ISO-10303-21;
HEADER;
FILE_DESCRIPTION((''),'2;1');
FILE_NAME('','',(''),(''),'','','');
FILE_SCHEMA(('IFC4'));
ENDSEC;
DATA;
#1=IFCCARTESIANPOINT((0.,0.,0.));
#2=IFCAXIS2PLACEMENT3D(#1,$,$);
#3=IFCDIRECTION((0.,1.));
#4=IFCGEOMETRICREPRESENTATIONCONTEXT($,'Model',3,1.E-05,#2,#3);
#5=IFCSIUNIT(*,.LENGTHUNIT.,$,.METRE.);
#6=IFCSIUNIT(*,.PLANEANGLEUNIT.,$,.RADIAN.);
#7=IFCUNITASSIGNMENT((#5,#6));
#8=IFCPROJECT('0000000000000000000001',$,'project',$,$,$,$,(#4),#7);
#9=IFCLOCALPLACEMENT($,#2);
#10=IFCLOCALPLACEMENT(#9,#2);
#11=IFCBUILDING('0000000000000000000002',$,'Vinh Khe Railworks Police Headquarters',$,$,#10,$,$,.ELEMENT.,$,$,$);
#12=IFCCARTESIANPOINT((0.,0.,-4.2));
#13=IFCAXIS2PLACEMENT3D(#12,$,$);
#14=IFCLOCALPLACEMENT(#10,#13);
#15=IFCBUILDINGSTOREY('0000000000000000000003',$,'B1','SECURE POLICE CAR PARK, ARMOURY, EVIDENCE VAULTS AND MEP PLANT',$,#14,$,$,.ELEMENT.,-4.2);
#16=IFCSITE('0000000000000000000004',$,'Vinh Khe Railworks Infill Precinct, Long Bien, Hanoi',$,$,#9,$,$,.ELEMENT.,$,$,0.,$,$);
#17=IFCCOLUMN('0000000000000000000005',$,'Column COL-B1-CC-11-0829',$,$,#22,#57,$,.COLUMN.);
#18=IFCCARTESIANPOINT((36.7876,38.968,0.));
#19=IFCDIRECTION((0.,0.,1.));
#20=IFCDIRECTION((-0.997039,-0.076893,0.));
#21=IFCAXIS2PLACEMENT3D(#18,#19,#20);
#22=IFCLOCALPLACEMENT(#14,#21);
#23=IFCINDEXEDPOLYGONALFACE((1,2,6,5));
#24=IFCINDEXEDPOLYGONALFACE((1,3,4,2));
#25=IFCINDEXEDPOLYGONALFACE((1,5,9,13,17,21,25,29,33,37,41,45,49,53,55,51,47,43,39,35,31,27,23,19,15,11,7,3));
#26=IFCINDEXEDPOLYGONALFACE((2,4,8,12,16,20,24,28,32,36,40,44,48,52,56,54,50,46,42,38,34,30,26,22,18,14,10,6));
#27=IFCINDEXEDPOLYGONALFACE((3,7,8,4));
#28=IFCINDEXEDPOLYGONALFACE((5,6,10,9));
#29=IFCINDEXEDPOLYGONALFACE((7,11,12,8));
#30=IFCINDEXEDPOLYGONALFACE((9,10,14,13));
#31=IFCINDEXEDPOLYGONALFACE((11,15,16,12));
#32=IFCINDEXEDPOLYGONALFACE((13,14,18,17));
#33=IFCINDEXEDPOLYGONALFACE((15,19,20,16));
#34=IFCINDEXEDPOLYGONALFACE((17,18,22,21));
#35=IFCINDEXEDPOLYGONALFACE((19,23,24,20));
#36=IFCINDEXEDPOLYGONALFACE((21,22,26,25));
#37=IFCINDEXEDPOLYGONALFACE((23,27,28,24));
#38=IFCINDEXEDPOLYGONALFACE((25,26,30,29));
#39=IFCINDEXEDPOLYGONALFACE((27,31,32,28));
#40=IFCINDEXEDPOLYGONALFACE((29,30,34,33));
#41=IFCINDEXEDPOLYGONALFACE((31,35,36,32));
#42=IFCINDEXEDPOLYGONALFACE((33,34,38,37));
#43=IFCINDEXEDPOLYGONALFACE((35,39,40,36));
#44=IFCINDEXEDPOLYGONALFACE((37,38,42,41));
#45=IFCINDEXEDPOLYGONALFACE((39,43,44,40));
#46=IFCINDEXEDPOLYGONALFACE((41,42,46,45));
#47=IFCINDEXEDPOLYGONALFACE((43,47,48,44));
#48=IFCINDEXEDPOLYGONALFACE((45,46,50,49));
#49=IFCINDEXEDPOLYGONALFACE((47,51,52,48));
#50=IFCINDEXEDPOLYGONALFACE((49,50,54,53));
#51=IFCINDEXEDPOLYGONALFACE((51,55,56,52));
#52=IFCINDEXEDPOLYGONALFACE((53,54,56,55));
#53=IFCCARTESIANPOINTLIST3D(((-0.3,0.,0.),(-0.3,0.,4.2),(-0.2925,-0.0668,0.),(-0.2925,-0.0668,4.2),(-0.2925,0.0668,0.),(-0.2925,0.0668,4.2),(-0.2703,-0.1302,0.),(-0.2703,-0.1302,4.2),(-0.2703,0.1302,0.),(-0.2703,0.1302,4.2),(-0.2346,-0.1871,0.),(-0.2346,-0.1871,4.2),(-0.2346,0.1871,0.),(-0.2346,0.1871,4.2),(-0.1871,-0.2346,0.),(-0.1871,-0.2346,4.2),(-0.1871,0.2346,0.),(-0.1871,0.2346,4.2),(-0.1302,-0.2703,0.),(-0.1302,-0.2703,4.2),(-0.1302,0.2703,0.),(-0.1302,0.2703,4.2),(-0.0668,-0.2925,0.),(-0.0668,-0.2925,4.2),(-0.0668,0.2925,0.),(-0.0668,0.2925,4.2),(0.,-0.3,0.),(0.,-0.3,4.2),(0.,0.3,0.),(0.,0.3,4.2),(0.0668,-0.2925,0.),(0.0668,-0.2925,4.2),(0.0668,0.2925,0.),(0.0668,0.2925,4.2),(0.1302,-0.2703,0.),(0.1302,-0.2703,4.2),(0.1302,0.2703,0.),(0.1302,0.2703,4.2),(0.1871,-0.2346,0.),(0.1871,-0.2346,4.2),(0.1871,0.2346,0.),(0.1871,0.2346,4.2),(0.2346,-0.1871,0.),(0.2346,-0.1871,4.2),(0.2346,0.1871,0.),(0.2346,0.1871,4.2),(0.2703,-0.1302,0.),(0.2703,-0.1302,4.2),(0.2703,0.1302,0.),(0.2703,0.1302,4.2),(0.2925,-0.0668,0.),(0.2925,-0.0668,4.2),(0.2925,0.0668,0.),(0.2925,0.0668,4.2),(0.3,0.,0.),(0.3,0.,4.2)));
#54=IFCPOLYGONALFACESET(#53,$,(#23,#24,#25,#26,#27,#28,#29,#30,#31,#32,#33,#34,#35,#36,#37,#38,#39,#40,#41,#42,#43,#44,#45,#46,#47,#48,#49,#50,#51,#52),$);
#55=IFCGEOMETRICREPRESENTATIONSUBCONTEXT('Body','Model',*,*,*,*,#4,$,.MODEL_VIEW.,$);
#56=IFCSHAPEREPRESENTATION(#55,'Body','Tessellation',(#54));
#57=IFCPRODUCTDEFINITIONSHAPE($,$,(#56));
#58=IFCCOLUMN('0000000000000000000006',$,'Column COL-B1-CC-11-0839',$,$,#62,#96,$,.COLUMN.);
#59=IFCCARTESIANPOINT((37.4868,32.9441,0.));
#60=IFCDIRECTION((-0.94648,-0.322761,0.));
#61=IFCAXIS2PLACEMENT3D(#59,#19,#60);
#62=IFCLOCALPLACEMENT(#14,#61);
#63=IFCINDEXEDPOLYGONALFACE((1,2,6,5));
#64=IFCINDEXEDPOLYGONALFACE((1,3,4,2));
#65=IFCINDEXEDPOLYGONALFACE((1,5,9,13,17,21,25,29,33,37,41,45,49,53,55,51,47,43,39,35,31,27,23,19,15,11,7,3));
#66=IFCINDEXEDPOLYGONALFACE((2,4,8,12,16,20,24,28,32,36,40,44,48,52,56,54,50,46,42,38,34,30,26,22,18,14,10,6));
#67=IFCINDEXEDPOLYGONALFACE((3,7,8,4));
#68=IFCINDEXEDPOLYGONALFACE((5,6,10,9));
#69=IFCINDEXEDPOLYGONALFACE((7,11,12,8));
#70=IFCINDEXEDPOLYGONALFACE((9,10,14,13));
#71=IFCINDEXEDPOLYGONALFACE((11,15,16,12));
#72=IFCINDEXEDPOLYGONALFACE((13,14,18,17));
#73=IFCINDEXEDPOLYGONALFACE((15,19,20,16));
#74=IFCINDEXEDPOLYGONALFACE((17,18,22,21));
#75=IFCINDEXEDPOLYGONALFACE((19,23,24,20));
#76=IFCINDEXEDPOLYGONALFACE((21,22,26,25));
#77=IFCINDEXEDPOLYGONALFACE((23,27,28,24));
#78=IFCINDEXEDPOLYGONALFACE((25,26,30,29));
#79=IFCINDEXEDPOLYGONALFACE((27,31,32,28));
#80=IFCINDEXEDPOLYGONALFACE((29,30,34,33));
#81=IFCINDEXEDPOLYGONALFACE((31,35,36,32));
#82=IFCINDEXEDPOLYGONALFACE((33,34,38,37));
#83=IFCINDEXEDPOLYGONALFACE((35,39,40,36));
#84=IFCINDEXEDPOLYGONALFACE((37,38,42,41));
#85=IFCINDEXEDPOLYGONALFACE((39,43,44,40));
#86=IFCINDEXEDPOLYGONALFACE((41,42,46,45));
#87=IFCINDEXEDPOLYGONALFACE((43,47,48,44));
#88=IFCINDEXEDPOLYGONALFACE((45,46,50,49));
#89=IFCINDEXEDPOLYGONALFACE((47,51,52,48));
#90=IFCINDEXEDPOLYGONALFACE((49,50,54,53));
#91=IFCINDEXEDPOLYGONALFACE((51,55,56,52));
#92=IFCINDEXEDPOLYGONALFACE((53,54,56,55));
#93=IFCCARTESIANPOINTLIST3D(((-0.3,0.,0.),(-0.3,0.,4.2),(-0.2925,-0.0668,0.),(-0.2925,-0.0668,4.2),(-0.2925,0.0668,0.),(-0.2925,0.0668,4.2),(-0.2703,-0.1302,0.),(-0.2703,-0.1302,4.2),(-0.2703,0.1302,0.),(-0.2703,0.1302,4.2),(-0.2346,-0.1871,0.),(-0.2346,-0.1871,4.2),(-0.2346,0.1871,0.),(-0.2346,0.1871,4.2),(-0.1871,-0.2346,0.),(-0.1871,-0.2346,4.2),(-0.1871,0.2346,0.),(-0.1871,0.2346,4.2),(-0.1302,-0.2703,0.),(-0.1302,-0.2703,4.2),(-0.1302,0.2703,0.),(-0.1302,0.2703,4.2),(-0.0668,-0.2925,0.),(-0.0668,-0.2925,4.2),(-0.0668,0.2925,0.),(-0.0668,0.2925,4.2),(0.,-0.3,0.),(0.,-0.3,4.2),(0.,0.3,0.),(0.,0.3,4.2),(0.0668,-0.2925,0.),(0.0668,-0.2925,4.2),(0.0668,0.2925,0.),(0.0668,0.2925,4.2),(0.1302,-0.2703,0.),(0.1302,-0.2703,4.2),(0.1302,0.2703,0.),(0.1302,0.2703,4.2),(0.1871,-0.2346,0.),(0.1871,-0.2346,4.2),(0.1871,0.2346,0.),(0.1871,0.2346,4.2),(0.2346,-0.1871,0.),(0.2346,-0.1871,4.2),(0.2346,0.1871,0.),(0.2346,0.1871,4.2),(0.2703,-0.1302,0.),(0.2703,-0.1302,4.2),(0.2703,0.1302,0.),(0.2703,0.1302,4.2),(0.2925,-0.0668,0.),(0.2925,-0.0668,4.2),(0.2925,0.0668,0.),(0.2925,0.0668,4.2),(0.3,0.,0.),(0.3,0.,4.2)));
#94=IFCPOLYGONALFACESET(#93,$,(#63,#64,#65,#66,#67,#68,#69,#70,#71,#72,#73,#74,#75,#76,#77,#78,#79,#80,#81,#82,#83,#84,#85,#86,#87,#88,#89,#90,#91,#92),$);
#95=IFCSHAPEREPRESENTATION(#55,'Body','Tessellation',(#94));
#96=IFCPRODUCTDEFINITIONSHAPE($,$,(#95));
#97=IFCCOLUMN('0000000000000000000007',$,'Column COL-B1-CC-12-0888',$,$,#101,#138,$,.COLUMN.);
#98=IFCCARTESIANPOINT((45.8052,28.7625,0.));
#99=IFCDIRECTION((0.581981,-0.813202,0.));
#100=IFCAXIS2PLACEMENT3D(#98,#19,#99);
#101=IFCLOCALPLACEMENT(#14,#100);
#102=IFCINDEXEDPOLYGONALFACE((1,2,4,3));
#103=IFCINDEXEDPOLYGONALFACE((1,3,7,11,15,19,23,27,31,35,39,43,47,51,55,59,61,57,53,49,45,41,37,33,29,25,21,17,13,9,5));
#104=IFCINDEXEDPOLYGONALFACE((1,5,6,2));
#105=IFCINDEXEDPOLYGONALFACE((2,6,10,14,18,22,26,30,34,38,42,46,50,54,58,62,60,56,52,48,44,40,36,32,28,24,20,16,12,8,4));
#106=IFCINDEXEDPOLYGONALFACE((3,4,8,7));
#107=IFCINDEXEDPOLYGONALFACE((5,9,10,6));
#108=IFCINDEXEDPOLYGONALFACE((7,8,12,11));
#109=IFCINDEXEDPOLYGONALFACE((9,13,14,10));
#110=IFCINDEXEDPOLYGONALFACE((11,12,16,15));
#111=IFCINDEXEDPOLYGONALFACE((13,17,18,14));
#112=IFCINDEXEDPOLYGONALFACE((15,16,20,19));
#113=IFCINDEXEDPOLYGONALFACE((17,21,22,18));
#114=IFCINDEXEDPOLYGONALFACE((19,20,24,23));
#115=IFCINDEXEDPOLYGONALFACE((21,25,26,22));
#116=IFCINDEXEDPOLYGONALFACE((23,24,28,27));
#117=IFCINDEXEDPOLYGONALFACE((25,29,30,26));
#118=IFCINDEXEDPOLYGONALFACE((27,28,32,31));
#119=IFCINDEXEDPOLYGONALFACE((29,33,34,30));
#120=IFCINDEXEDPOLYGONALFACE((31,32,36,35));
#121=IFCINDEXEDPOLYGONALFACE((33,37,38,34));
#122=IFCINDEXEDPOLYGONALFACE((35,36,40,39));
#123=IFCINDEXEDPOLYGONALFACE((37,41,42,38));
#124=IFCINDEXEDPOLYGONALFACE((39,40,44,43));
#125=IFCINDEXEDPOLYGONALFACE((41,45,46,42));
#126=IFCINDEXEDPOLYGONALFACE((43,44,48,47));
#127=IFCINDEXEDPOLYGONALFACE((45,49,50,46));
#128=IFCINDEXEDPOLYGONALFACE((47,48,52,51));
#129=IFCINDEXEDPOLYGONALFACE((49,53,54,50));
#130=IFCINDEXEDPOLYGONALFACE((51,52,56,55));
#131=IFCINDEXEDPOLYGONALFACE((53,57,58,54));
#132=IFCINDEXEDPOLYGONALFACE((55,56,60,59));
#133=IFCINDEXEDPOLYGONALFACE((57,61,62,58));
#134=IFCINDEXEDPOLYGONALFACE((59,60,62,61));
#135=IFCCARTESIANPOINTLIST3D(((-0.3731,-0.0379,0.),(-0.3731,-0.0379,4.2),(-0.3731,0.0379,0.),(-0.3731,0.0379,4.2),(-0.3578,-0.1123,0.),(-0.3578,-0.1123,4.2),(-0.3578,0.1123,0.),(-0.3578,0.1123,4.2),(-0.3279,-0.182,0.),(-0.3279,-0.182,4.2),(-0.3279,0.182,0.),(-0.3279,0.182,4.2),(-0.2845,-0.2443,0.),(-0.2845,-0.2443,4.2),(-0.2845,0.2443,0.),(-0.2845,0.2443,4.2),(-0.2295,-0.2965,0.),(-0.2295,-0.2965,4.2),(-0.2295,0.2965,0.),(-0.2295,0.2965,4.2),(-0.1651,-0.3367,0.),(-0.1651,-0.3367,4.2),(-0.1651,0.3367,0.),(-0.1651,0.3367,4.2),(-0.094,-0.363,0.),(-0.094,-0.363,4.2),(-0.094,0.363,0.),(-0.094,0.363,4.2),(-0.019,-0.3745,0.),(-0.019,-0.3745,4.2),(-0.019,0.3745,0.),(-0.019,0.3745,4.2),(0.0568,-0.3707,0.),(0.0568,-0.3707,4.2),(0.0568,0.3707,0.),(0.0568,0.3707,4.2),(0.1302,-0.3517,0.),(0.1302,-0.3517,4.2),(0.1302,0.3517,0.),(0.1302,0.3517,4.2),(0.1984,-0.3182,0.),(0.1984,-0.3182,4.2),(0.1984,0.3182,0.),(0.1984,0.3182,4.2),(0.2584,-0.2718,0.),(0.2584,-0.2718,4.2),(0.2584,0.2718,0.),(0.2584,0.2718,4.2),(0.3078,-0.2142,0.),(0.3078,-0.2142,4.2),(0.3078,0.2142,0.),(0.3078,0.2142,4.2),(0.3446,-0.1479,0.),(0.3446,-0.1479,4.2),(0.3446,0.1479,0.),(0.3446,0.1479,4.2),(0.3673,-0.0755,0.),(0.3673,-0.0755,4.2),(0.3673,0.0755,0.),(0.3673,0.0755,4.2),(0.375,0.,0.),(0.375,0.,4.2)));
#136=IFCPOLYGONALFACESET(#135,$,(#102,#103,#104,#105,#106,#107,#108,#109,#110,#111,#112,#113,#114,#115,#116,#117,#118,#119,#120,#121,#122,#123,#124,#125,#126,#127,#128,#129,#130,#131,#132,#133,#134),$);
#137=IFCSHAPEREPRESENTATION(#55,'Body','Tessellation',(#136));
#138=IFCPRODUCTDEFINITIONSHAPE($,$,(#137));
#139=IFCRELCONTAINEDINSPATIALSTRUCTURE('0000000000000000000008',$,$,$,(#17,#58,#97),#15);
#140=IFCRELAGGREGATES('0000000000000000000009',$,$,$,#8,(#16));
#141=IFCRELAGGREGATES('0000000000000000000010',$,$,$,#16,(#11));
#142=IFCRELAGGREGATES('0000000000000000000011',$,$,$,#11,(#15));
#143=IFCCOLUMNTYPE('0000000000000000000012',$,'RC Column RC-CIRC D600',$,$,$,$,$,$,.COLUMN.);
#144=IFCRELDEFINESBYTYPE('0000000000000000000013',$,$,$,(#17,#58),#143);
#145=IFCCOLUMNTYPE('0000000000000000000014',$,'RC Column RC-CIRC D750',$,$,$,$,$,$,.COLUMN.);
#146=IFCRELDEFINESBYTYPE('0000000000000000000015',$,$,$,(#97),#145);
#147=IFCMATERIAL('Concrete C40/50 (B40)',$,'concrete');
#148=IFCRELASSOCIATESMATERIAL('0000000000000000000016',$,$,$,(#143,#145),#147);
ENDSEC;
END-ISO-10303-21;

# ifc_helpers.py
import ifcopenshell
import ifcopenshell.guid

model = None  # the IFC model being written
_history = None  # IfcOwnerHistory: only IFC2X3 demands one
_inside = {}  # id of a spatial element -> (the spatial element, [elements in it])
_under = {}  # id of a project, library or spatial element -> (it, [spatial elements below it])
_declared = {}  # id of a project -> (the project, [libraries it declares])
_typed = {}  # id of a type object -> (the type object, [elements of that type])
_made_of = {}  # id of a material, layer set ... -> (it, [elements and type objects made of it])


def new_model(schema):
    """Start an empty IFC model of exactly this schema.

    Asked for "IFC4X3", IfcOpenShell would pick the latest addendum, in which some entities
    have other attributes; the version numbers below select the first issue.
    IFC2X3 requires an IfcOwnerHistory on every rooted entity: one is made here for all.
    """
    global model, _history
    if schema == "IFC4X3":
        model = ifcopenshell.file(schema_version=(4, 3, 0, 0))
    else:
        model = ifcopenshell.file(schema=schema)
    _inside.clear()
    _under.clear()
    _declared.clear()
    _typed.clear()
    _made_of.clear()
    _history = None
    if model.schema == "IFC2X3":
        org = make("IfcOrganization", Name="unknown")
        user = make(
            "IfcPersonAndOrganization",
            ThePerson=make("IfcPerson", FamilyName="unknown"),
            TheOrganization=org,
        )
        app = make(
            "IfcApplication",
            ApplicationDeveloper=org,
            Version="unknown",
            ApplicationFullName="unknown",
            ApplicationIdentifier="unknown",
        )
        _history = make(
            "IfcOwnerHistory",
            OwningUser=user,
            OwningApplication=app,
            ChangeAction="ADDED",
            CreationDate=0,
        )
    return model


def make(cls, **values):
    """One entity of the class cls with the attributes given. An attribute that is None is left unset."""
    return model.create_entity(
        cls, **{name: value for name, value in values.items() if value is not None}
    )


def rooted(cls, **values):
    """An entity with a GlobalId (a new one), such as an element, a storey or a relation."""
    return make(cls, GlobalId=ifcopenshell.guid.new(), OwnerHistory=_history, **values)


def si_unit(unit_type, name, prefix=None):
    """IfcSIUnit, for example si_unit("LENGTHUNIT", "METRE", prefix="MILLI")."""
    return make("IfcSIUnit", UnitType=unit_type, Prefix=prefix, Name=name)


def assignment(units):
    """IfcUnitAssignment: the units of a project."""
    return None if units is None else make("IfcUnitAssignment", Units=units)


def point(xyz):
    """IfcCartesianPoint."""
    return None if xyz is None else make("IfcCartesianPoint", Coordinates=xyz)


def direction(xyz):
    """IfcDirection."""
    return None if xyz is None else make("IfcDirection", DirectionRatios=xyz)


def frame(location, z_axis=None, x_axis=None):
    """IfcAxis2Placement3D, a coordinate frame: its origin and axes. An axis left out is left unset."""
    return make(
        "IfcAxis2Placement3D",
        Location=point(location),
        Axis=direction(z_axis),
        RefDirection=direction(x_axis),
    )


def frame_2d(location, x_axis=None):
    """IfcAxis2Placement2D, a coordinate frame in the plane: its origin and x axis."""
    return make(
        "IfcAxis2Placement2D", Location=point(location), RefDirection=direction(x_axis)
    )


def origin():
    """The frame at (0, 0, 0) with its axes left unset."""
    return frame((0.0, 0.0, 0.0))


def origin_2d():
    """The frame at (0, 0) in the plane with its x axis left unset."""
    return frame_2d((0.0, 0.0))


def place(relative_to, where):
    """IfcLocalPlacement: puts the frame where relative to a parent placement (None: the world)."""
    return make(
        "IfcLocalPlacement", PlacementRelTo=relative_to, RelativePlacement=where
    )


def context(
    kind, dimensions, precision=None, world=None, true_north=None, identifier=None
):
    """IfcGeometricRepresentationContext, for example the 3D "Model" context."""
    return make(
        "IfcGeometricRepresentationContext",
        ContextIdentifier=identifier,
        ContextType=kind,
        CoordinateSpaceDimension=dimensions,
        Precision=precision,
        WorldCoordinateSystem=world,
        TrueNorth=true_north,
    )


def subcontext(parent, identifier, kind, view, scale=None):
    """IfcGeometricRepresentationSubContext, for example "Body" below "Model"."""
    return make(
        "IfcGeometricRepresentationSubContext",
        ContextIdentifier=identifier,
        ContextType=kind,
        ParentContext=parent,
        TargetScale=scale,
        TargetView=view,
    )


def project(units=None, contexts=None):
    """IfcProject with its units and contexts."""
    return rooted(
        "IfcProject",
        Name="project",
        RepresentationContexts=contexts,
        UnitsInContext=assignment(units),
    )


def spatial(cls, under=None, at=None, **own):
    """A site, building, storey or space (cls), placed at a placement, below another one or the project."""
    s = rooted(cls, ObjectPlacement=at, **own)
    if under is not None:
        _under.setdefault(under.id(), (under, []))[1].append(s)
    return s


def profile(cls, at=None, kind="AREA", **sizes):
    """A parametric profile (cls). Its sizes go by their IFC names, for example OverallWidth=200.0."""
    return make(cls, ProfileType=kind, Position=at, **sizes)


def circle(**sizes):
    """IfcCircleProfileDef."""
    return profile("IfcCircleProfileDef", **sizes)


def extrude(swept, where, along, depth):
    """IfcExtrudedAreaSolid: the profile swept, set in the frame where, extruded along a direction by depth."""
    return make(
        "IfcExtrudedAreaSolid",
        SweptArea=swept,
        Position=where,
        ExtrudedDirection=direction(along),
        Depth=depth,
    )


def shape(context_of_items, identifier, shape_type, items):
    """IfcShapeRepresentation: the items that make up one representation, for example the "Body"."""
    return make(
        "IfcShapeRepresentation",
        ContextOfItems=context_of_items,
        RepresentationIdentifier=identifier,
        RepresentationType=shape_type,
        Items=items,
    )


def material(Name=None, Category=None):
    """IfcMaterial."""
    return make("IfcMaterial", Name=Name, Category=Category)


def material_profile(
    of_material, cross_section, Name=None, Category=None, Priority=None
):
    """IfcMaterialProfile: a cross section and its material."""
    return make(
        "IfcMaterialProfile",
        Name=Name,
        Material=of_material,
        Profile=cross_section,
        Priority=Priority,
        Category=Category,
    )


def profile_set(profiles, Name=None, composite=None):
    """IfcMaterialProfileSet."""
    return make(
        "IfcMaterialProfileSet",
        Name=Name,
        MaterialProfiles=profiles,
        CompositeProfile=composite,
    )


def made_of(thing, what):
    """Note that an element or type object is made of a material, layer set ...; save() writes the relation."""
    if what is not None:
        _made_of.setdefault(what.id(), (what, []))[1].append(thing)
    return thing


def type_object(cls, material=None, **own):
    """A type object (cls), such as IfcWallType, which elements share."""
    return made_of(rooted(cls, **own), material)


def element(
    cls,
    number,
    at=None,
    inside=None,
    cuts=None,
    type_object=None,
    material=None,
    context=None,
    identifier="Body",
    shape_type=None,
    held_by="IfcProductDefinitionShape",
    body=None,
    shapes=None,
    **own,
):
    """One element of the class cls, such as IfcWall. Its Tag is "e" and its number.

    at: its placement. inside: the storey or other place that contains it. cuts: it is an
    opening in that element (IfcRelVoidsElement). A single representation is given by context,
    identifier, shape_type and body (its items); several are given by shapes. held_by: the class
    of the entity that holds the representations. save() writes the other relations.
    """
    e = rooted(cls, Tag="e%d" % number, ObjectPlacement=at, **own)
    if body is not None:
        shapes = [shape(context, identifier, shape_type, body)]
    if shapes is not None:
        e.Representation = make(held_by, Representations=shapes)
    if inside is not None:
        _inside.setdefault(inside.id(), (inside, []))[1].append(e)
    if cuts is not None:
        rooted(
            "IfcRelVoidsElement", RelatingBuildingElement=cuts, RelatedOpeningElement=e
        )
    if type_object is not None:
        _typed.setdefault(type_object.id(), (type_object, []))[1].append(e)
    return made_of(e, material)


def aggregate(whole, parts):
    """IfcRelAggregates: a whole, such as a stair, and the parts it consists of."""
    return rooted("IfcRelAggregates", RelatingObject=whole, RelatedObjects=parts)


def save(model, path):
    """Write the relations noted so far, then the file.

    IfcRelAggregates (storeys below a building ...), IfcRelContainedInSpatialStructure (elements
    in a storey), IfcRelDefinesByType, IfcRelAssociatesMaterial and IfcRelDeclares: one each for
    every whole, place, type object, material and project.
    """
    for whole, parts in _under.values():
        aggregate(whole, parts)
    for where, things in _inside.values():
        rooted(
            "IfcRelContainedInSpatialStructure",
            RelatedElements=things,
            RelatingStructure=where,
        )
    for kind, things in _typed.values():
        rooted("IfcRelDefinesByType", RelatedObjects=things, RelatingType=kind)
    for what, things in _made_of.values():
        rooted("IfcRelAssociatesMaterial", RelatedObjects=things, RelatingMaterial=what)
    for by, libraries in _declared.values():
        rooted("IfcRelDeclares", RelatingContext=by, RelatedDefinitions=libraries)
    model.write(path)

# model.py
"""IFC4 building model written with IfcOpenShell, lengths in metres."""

from ifc_helpers import new_model, si_unit, direction, frame, origin, origin_2d, place, context, subcontext, project, spatial, circle, extrude, material, material_profile, profile_set, type_object, element, save


model = new_model("IFC4")

# Units and contexts
model_context = context("Model", 3, precision=1e-05, world=origin(), true_north=direction((0.0, 1.0)))
body_context = subcontext(model_context, "Body", "Model", "MODEL_VIEW")
ifc_project = project(units=[si_unit("LENGTHUNIT", "METRE"), si_unit("PLANEANGLEUNIT", "RADIAN")], contexts=[model_context])

# Site, building, storey
site_placement = place(None, origin())
site = spatial("IfcSite", under=ifc_project, at=site_placement, Name="Vinh Khe Railworks Infill Precinct, Long Bien, Hanoi", CompositionType="ELEMENT", RefElevation=0.0)
building_placement = place(site_placement, origin())
building = spatial("IfcBuilding", under=site, at=building_placement, Name="Vinh Khe Railworks Police Headquarters", CompositionType="ELEMENT")
storey_placement = place(building_placement, frame((0.0, 0.0, -4.2)))
storey = spatial("IfcBuildingStorey", under=building, at=storey_placement, Name="B1", Description="SECURE POLICE CAR PARK, ARMOURY, EVIDENCE VAULTS AND MEP PLANT", CompositionType="ELEMENT", Elevation=-4.2)

# Columns
ifc_material_1 = material(Name="Concrete C40/50 (B40)", Category="concrete")
ifc_material_profile_1 = material_profile(ifc_material_1, circle(Radius=0.3, at=origin_2d()), Name="RC-CIRC D600")
ifc_profile_set_1 = profile_set([ifc_material_profile_1], Name="Concrete C40/50 (B40)")
column_type_1 = type_object("IfcColumnType", Name="RC Column RC-CIRC D600", PredefinedType="COLUMN", material=ifc_profile_set_1)
for number, where, z_axis, x_axis, name in (
    (1, (36.7876, 38.968, 0.0), (0.0, 0.0, 1.0), (-0.997039, -0.076893, 0.0), "Column COL-B1-CC-11-0829"),
    (2, (37.4868, 32.9441, 0.0), (0.0, 0.0, 1.0), (-0.94648, -0.322761, 0.0), "Column COL-B1-CC-11-0839"),
):
    element("IfcColumn", number, at=place(storey_placement, frame(where, z_axis=z_axis, x_axis=x_axis)), inside=storey, type_object=column_type_1, Name=name, PredefinedType="COLUMN", context=body_context, shape_type="SweptSolid", body=[
        extrude(circle(Radius=0.3, at=origin_2d()), origin(), (0.0, 0.0, 1.0), 4.2),
    ])
ifc_material_profile_2 = material_profile(ifc_material_1, circle(Radius=0.375, at=origin_2d()), Name="RC-CIRC D750")
ifc_profile_set_2 = profile_set([ifc_material_profile_2], Name="Concrete C40/50 (B40)")
column_type_2 = type_object("IfcColumnType", Name="RC Column RC-CIRC D750", PredefinedType="COLUMN", material=ifc_profile_set_2)
for number, where, z_axis, x_axis, name in (
    (3, (45.8052, 28.7625, 0.0), (0.0, 0.0, 1.0), (0.581981, -0.813202, 0.0), "Column COL-B1-CC-12-0888"),
):
    element("IfcColumn", number, at=place(storey_placement, frame(where, z_axis=z_axis, x_axis=x_axis)), inside=storey, type_object=column_type_2, Name=name, PredefinedType="COLUMN", context=body_context, shape_type="SweptSolid", body=[
        extrude(circle(Radius=0.375, at=origin_2d()), origin(), (0.0, 0.0, 1.0), 4.2),
    ])

save(model, "model.ifc")
